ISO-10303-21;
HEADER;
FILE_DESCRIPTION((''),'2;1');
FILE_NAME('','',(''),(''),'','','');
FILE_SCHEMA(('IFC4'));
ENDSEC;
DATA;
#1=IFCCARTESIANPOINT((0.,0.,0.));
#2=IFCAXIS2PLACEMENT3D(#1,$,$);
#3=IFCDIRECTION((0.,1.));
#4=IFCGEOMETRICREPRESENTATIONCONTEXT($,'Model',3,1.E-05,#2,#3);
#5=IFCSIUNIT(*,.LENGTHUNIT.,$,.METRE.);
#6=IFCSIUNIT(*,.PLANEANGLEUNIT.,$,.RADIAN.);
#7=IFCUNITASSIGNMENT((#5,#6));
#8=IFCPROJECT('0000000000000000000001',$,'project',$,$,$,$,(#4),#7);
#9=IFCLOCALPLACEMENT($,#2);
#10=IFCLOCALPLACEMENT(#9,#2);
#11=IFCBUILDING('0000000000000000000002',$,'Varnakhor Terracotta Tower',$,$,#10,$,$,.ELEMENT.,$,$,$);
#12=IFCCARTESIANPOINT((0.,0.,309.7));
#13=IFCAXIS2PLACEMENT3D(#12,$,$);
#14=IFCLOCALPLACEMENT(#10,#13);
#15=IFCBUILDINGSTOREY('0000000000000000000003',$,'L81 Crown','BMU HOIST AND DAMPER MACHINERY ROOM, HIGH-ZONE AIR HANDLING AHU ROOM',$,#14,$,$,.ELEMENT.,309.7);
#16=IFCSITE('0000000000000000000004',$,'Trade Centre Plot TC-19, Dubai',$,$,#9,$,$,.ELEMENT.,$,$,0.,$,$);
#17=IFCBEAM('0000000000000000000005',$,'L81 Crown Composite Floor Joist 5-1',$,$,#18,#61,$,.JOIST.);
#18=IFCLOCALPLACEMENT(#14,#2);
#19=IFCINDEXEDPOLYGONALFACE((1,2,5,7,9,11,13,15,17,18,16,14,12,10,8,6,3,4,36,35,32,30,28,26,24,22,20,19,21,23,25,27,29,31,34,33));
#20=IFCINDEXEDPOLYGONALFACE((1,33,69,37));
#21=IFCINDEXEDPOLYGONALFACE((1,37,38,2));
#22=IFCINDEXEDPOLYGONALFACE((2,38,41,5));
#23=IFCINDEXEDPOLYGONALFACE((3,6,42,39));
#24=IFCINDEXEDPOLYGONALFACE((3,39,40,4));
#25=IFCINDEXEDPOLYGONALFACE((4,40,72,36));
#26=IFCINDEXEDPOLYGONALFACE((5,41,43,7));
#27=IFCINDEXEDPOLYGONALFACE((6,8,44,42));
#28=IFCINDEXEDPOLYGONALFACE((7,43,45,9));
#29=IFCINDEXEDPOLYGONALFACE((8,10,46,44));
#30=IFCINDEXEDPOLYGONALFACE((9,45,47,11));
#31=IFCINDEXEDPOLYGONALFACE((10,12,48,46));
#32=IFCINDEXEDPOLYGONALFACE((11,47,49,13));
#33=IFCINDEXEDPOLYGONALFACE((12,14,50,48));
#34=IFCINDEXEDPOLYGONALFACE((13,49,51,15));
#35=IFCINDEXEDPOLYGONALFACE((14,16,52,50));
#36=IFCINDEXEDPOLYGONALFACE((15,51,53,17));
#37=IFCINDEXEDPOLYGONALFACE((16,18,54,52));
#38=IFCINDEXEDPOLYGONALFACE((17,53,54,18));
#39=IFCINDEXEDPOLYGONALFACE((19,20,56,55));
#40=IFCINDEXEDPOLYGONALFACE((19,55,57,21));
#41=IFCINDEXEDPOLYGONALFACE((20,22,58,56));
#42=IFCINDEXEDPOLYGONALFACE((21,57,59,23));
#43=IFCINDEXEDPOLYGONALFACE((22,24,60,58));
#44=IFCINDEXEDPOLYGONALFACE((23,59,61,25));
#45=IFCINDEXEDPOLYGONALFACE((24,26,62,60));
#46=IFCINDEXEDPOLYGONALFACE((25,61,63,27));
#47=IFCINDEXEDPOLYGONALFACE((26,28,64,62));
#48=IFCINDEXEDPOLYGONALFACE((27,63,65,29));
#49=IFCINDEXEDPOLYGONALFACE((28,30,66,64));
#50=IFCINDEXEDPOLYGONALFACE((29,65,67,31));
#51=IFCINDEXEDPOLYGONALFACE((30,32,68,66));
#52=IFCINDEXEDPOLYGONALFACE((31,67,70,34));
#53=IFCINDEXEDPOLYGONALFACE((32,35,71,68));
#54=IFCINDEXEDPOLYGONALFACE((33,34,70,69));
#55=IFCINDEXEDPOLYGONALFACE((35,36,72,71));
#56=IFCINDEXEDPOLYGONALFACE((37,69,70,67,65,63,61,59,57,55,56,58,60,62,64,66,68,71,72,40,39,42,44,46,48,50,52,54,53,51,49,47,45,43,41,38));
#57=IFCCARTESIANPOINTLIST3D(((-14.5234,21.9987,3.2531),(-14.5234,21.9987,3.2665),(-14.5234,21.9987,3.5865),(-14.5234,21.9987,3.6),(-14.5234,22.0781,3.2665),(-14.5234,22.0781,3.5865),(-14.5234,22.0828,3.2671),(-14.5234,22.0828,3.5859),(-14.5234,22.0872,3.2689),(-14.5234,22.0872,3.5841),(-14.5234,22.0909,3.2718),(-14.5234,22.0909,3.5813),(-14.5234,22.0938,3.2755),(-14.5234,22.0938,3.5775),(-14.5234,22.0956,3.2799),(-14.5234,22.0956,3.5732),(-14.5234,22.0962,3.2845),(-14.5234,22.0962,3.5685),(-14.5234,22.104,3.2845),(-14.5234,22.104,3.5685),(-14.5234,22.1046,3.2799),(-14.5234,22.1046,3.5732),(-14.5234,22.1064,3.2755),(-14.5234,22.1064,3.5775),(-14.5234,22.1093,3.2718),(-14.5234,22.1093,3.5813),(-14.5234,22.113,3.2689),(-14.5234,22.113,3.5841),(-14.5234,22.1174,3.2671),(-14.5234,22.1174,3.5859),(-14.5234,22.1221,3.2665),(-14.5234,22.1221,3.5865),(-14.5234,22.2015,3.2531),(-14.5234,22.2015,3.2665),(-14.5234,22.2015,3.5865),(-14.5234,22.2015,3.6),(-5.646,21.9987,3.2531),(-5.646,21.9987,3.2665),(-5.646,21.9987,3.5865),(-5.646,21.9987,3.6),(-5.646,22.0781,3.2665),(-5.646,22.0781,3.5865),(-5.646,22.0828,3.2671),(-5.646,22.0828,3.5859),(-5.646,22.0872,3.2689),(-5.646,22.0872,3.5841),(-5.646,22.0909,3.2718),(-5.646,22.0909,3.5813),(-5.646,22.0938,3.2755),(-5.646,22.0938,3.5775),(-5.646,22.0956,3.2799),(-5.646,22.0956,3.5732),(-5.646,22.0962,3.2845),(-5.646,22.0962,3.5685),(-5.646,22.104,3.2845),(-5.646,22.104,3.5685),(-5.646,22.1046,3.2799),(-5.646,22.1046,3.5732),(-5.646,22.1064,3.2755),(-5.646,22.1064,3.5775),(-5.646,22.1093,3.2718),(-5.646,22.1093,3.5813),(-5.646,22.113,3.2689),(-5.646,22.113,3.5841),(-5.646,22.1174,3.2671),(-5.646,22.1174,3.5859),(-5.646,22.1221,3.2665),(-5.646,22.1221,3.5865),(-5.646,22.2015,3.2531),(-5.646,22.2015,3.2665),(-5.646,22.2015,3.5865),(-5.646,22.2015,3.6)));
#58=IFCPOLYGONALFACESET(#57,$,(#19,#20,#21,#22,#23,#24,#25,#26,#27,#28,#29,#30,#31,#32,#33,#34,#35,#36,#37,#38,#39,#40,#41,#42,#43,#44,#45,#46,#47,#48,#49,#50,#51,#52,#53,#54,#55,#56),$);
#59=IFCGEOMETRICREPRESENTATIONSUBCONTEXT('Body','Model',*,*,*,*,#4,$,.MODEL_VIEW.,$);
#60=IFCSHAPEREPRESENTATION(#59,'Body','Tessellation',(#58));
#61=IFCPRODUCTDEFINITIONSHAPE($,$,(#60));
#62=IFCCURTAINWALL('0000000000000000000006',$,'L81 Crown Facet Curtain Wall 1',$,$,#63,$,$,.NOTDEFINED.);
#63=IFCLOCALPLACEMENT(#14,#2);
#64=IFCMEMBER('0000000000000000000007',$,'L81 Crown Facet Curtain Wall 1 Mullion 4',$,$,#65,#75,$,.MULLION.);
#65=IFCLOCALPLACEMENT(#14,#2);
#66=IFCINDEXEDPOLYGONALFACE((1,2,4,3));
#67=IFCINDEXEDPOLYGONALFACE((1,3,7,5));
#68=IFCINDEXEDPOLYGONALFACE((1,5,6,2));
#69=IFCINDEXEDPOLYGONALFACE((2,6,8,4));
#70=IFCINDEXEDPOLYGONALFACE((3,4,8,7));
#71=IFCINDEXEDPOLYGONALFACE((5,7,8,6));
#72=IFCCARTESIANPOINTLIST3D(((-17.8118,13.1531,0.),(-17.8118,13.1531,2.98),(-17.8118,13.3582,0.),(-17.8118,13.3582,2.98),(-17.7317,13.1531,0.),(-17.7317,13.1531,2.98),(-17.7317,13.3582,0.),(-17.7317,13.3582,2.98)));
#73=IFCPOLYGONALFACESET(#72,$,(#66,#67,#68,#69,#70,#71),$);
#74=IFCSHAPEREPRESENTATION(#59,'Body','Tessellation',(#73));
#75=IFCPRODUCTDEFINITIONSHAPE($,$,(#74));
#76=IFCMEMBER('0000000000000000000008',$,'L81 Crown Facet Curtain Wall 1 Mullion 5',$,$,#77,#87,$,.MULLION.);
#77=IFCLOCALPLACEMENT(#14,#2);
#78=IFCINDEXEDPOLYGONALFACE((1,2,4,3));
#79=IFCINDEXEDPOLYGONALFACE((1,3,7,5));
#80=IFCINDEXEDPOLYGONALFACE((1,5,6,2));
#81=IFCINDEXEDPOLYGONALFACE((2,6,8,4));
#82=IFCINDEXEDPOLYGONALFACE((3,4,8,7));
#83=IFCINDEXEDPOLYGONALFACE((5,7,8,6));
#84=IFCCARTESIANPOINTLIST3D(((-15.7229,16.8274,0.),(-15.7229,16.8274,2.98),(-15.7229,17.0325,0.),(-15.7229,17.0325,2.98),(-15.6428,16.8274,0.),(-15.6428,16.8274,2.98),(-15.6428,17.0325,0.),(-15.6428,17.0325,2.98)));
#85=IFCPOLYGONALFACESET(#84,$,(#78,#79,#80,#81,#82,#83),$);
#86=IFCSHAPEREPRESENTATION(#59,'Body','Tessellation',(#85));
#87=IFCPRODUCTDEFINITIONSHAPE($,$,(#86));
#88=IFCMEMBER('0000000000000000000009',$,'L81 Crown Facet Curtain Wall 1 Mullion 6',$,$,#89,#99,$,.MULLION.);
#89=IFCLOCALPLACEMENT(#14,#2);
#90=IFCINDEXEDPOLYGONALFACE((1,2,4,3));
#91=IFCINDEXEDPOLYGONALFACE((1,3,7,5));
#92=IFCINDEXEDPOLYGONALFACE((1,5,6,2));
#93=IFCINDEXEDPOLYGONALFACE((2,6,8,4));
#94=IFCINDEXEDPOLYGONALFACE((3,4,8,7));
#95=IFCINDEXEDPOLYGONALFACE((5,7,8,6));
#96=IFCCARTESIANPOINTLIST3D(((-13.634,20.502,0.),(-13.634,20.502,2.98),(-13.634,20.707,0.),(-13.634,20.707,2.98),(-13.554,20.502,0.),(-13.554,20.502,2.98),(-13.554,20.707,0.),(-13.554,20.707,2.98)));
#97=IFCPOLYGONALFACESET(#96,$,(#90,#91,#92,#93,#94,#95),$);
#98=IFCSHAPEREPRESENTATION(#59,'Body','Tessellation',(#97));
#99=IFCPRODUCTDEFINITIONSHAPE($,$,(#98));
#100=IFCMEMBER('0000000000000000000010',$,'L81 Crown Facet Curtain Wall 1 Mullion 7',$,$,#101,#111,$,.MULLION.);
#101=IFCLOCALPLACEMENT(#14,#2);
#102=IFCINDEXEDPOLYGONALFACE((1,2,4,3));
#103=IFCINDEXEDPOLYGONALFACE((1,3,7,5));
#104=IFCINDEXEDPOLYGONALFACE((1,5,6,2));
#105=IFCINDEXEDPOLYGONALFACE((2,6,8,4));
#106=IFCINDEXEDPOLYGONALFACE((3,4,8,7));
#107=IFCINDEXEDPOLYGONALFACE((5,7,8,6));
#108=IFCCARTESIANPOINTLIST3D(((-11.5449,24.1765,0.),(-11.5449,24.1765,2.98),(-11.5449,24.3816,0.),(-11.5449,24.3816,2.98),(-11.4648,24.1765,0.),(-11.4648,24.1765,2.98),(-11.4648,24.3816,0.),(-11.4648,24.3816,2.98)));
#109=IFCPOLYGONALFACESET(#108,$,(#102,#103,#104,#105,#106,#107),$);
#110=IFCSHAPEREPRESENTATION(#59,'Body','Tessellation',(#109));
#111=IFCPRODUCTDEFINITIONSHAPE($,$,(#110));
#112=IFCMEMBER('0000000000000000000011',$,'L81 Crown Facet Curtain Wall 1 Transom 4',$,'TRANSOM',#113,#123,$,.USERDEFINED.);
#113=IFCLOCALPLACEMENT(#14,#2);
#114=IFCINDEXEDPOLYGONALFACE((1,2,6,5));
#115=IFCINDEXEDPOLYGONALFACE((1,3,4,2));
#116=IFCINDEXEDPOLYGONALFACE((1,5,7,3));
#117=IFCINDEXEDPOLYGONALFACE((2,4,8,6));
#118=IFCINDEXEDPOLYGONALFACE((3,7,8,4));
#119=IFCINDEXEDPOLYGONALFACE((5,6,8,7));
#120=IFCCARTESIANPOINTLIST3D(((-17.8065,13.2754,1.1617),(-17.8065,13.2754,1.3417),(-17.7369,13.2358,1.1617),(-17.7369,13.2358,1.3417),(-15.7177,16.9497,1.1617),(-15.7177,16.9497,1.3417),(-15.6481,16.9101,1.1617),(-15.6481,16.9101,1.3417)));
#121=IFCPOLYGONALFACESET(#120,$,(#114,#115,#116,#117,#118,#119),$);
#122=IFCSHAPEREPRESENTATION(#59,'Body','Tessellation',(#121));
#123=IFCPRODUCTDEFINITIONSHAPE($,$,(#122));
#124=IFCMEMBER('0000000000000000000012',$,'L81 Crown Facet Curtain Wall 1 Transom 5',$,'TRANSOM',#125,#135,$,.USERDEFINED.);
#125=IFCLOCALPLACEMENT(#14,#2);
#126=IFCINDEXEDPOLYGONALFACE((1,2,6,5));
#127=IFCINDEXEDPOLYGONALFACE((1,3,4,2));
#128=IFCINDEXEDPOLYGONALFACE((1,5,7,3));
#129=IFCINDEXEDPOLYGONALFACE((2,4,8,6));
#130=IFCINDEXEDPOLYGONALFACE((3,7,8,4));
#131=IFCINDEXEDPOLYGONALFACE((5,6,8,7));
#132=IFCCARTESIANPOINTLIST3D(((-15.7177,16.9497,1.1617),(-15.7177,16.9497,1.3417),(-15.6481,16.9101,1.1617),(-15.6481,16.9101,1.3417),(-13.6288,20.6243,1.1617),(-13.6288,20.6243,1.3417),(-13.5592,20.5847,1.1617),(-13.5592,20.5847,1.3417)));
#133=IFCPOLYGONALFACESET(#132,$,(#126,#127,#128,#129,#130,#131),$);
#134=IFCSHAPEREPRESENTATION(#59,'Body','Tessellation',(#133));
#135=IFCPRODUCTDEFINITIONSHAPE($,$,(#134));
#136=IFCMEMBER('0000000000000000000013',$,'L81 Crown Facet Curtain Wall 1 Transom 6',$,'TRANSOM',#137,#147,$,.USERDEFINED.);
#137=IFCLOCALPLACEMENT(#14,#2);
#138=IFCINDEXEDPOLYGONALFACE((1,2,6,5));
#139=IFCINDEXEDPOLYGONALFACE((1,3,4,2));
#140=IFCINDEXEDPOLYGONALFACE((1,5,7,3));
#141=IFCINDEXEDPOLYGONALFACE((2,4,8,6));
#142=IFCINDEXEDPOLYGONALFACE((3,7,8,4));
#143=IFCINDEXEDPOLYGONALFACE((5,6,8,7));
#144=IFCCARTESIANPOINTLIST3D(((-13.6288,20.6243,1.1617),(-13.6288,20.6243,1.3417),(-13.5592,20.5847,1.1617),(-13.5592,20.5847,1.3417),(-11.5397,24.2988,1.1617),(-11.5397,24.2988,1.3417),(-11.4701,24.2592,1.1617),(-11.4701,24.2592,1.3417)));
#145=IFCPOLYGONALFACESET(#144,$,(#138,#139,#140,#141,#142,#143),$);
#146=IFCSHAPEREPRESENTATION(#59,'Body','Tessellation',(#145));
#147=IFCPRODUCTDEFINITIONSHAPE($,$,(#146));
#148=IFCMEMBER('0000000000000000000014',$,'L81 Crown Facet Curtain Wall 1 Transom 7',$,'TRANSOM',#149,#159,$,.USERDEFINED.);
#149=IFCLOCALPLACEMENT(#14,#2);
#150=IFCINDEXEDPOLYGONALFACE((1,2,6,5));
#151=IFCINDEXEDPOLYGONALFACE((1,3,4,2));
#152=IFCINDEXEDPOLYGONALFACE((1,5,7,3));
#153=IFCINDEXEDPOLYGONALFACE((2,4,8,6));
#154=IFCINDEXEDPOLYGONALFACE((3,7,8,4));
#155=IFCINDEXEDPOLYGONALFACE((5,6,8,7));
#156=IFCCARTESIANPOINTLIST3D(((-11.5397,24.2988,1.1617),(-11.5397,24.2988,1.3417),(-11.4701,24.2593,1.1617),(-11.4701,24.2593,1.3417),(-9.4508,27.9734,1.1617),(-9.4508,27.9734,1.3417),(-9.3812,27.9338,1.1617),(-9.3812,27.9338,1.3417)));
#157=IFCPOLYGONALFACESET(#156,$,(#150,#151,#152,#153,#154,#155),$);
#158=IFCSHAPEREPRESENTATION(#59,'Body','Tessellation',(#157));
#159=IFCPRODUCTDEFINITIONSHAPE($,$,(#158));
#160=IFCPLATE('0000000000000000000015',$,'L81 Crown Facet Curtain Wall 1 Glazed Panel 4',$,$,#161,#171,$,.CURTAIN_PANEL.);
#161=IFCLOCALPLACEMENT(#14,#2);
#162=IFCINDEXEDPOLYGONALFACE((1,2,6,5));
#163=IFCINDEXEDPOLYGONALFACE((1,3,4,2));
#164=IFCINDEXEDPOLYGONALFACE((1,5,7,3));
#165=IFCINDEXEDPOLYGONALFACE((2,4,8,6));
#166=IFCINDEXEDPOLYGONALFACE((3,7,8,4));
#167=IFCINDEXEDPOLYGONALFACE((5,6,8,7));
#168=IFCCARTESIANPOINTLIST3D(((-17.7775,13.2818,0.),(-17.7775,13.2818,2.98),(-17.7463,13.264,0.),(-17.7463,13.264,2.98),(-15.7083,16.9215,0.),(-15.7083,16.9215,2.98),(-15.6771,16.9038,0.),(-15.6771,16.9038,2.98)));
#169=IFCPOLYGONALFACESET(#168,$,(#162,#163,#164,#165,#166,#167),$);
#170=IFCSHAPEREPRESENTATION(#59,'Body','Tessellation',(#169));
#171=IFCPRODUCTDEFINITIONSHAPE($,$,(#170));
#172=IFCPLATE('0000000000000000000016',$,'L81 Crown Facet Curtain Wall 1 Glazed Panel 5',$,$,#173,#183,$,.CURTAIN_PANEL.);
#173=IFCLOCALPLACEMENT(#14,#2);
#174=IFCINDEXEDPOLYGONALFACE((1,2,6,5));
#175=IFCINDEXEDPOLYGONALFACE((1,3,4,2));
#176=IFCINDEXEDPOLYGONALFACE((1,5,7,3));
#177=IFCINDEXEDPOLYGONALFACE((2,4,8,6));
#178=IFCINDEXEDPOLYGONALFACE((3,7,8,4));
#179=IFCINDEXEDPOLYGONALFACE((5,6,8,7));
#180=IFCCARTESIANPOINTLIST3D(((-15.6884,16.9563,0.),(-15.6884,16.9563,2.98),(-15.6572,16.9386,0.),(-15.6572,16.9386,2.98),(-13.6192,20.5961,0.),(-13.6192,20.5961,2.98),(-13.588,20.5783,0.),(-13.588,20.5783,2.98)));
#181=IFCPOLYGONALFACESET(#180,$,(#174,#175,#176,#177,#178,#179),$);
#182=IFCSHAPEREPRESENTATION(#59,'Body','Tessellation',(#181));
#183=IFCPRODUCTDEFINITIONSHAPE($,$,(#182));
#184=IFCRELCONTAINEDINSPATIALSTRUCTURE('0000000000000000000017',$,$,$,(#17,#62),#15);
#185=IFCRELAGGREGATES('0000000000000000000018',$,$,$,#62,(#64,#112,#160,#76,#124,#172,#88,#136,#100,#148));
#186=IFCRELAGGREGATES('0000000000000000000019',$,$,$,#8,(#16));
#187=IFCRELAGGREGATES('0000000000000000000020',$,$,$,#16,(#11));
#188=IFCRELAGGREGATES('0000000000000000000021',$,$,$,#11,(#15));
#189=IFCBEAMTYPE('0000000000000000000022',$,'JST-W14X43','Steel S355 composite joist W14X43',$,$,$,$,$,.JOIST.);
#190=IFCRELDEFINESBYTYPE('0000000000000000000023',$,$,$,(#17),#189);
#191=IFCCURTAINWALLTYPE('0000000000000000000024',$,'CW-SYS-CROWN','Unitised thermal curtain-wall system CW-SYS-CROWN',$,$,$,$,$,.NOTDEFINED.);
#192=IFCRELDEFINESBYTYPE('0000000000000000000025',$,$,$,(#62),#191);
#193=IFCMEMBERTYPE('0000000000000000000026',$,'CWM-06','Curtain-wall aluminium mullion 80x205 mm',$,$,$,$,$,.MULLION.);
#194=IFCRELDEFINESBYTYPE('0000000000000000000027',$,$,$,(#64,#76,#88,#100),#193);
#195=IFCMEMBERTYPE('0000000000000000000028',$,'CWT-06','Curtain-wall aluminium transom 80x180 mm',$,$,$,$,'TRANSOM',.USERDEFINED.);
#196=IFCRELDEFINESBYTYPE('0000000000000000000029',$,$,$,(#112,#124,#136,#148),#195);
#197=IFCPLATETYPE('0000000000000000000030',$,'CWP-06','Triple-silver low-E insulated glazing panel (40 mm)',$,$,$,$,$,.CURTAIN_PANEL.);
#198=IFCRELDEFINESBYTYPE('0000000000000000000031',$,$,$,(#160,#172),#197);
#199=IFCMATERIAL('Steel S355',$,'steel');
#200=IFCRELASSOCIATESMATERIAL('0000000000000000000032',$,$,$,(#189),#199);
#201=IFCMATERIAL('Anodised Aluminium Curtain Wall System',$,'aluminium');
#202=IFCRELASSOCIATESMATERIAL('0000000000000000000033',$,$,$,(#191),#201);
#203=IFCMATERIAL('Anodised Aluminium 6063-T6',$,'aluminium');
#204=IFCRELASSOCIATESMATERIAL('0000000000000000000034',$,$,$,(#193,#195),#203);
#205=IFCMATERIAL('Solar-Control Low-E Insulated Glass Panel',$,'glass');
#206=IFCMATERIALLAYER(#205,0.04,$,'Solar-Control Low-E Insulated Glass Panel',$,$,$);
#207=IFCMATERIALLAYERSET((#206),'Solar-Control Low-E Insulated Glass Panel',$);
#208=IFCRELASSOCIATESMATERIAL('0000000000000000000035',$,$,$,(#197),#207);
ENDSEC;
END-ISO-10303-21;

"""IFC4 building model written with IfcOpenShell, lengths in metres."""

from ifc_helpers import new_model, si_unit, direction, frame, origin, origin_2d, place, context, subcontext, project, spatial, rectangle, i_section, extrude, source, transform, mapped, material, layer, layer_set, material_profile, profile_set, type_object, type_shapes, element, aggregate, save


model = new_model("IFC4")

# Units and contexts
model_context = context("Model", 3, precision=1e-05, world=origin(), true_north=direction((0.0, 1.0)))
body_context = subcontext(model_context, "Body", "Model", "MODEL_VIEW")
ifc_project = project(units=[si_unit("LENGTHUNIT", "METRE"), si_unit("PLANEANGLEUNIT", "RADIAN")], contexts=[model_context])

# Site, building, storey
site_placement = place(None, origin())
site = spatial("IfcSite", under=ifc_project, at=site_placement, Name="Trade Centre Plot TC-19, Dubai", CompositionType="ELEMENT", RefElevation=0.0)
building_placement = place(site_placement, origin())
building = spatial("IfcBuilding", under=site, at=building_placement, Name="Varnakhor Terracotta Tower", CompositionType="ELEMENT")
storey_placement = place(building_placement, frame((0.0, 0.0, 309.7)))
storey = spatial("IfcBuildingStorey", under=building, at=storey_placement, Name="L81 Crown", Description="BMU HOIST AND DAMPER MACHINERY ROOM, HIGH-ZONE AIR HANDLING AHU ROOM", CompositionType="ELEMENT", Elevation=309.7)

# Beam
ifc_material_1 = material(Name="Steel S355", Category="steel")
ifc_material_profile_1 = material_profile(ifc_material_1, i_section(OverallWidth=0.2029, OverallDepth=0.3469, WebThickness=0.0078, FlangeThickness=0.0134, FilletRadius=0.0181, at=origin_2d()), Name="W14X43")
ifc_profile_set_1 = profile_set([ifc_material_profile_1], Name="Steel S355")
beam_type_1 = type_object("IfcBeamType", Name="JST-W14X43", Description="Steel S355 composite joist W14X43", PredefinedType="JOIST", material=ifc_profile_set_1)
shared_shape_1 = source(origin(), body_context, "Body", "SweptSolid", [
    extrude(i_section(OverallWidth=0.2029, OverallDepth=0.3469, WebThickness=0.0078, FlangeThickness=0.0134, FilletRadius=0.0181, at=origin_2d()), origin(), (0.0, 0.0, 1.0), 8.8774),
])
beam_1_placement = place(storey_placement, frame((-14.5234, 22.1001, 3.4265), z_axis=(1.0, 0.0, 0.0), x_axis=(0.0, 1.0, 0.0)))
element("IfcBeam", 1, at=beam_1_placement, inside=storey, type_object=beam_type_1, Name="L81 Crown Composite Floor Joist 5-1", PredefinedType="JOIST", context=body_context, shape_type="MappedRepresentation", body=[
    mapped(shared_shape_1, transform((0.0, 0.0, 0.0), scale=1.0)),
])

# Curtain wall, members, plates
ifc_material_2 = material(Name="Anodised Aluminium Curtain Wall System", Category="aluminium")
curtain_wall_type = type_object("IfcCurtainWallType", Name="CW-SYS-CROWN", Description="Unitised thermal curtain-wall system CW-SYS-CROWN", PredefinedType="NOTDEFINED", material=ifc_material_2)
curtain_wall_placement = place(storey_placement, origin())
curtain_wall = element("IfcCurtainWall", 2, at=curtain_wall_placement, inside=storey, type_object=curtain_wall_type, Name="L81 Crown Facet Curtain Wall 1", PredefinedType="NOTDEFINED")
ifc_material_3 = material(Name="Anodised Aluminium 6063-T6", Category="aluminium")
ifc_material_profile_2 = material_profile(ifc_material_3, rectangle(XDim=0.0801, YDim=0.2051, at=origin_2d()), Name="ALU MULLION 80x205")
ifc_profile_set_2 = profile_set([ifc_material_profile_2], Name="Anodised Aluminium 6063-T6")
member_type_1 = type_object("IfcMemberType", Name="CWM-06", Description="Curtain-wall aluminium mullion 80x205 mm", PredefinedType="MULLION", material=ifc_profile_set_2)
shared_shape_2 = source(origin(), body_context, "Body", "SweptSolid", [
    extrude(rectangle(XDim=0.0801, YDim=0.2051, at=origin_2d()), origin(), (0.0, 0.0, 1.0), 2.98),
])
type_shapes(member_type_1, [shared_shape_2])
member_1_placement = place(storey_placement, frame((-17.7717, 13.2556, 0.0), z_axis=(0.0, 0.0, 1.0), x_axis=(1.0, 0.0, 0.0)))
member_1 = element("IfcMember", 3, at=member_1_placement, type_object=member_type_1, Name="L81 Crown Facet Curtain Wall 1 Mullion 4", PredefinedType="MULLION", context=body_context, shape_type="MappedRepresentation", body=[
    mapped(shared_shape_2, transform((0.0, 0.0, 0.0), scale=1.0)),
])
member_2_placement = place(storey_placement, frame((-15.6829, 16.9299, 0.0), z_axis=(0.0, 0.0, 1.0), x_axis=(1.0, 0.0, 0.0)))
member_2 = element("IfcMember", 4, at=member_2_placement, type_object=member_type_1, Name="L81 Crown Facet Curtain Wall 1 Mullion 5", PredefinedType="MULLION", context=body_context, shape_type="MappedRepresentation", body=[
    mapped(shared_shape_2, transform((0.0, 0.0, 0.0), scale=1.0)),
])
member_3_placement = place(storey_placement, frame((-13.594, 20.6045, 0.0), z_axis=(0.0, 0.0, 1.0), x_axis=(1.0, 0.0, 0.0)))
member_3 = element("IfcMember", 5, at=member_3_placement, type_object=member_type_1, Name="L81 Crown Facet Curtain Wall 1 Mullion 6", PredefinedType="MULLION", context=body_context, shape_type="MappedRepresentation", body=[
    mapped(shared_shape_2, transform((0.0, 0.0, 0.0), scale=1.0)),
])
member_4_placement = place(storey_placement, frame((-11.5049, 24.2791, 0.0), z_axis=(0.0, 0.0, 1.0), x_axis=(1.0, 0.0, 0.0)))
member_4 = element("IfcMember", 6, at=member_4_placement, type_object=member_type_1, Name="L81 Crown Facet Curtain Wall 1 Mullion 7", PredefinedType="MULLION", context=body_context, shape_type="MappedRepresentation", body=[
    mapped(shared_shape_2, transform((0.0, 0.0, 0.0), scale=1.0)),
])
ifc_material_profile_3 = material_profile(ifc_material_3, rectangle(XDim=0.0801, YDim=0.1799, at=origin_2d()), Name="ALU TRANSOM 80x180")
ifc_profile_set_3 = profile_set([ifc_material_profile_3], Name="Anodised Aluminium 6063-T6")
member_type_2 = type_object("IfcMemberType", Name="CWT-06", Description="Curtain-wall aluminium transom 80x180 mm", ElementType="TRANSOM", PredefinedType="USERDEFINED", material=ifc_profile_set_3)
shared_shape_3 = source(origin(), body_context, "Body", "SweptSolid", [
    extrude(rectangle(XDim=0.0801, YDim=0.1799, at=origin_2d()), origin(), (0.0, 0.0, 1.0), 4.2266),
])
type_shapes(member_type_2, [shared_shape_3])
member_5_placement = place(storey_placement, frame((-17.7717, 13.2556, 1.2517), z_axis=(0.494222, 0.869336, 0.0), x_axis=(-0.869336, 0.494222, 0.0)))
member_5 = element("IfcMember", 7, at=member_5_placement, type_object=member_type_2, Name="L81 Crown Facet Curtain Wall 1 Transom 4", ObjectType="TRANSOM", PredefinedType="USERDEFINED", context=body_context, shape_type="MappedRepresentation", body=[
    mapped(shared_shape_3, transform((0.0, 0.0, 0.0), scale=1.0)),
])
shared_shape_4 = source(origin(), body_context, "Body", "SweptSolid", [
    extrude(rectangle(XDim=0.0801, YDim=0.1799, at=origin_2d()), origin(), (0.0, 0.0, 1.0), 4.2268),
])
member_6_placement = place(storey_placement, frame((-15.6829, 16.9299, 1.2517), z_axis=(0.494197, 0.86935, 0.0), x_axis=(-0.86935, 0.494197, 0.0)))
member_6 = element("IfcMember", 8, at=member_6_placement, type_object=member_type_2, Name="L81 Crown Facet Curtain Wall 1 Transom 5", ObjectType="TRANSOM", PredefinedType="USERDEFINED", context=body_context, shape_type="MappedRepresentation", body=[
    mapped(shared_shape_4, transform((0.0, 0.0, 0.0), scale=1.0)),
])
member_7_placement = place(storey_placement, frame((-13.594, 20.6045, 1.2517), z_axis=(0.494241, 0.869325, 0.0), x_axis=(-0.869325, 0.494241, 0.0)))
member_7 = element("IfcMember", 9, at=member_7_placement, type_object=member_type_2, Name="L81 Crown Facet Curtain Wall 1 Transom 6", ObjectType="TRANSOM", PredefinedType="USERDEFINED", context=body_context, shape_type="MappedRepresentation", body=[
    mapped(shared_shape_4, transform((0.0, 0.0, 0.0), scale=1.0)),
])
member_8_placement = place(storey_placement, frame((-11.5049, 24.2791, 1.2517), z_axis=(0.494197, 0.86935, 0.0), x_axis=(-0.86935, 0.494197, 0.0)))
member_8 = element("IfcMember", 10, at=member_8_placement, type_object=member_type_2, Name="L81 Crown Facet Curtain Wall 1 Transom 7", ObjectType="TRANSOM", PredefinedType="USERDEFINED", context=body_context, shape_type="MappedRepresentation", body=[
    mapped(shared_shape_4, transform((0.0, 0.0, 0.0), scale=1.0)),
])
ifc_material_4 = material(Name="Solar-Control Low-E Insulated Glass Panel", Category="glass")
ifc_layer_1 = layer(ifc_material_4, 0.04, Name="Solar-Control Low-E Insulated Glass Panel")
ifc_layer_set_1 = layer_set([ifc_layer_1], Name="Solar-Control Low-E Insulated Glass Panel")
plate_type = type_object("IfcPlateType", Name="CWP-06", Description="Triple-silver low-E insulated glazing panel (40 mm)", PredefinedType="CURTAIN_PANEL", material=ifc_layer_set_1)
shared_shape_5 = source(origin(), body_context, "Body", "SweptSolid", [
    extrude(rectangle(XDim=4.1868, YDim=0.0359, at=origin_2d()), origin(), (0.0, 0.0, 1.0), 2.98),
])
type_shapes(plate_type, [shared_shape_5])
plate_1_placement = place(storey_placement, frame((-16.7273, 15.0928, 0.0), z_axis=(0.0, 0.0, 1.0), x_axis=(0.494215, 0.86934, 0.0)))
plate_1 = element("IfcPlate", 11, at=plate_1_placement, type_object=plate_type, Name="L81 Crown Facet Curtain Wall 1 Glazed Panel 4", PredefinedType="CURTAIN_PANEL", context=body_context, shape_type="MappedRepresentation", body=[
    mapped(shared_shape_5, transform((0.0, 0.0, 0.0), scale=1.0)),
])
plate_2_placement = place(storey_placement, frame((-14.6382, 18.7673, 0.0), z_axis=(0.0, 0.0, 1.0), x_axis=(0.494215, 0.86934, 0.0)))
plate_2 = element("IfcPlate", 12, at=plate_2_placement, type_object=plate_type, Name="L81 Crown Facet Curtain Wall 1 Glazed Panel 5", PredefinedType="CURTAIN_PANEL", context=body_context, shape_type="MappedRepresentation", body=[
    mapped(shared_shape_5, transform((0.0, 0.0, 0.0), scale=1.0)),
])
aggregate(curtain_wall, [member_1, member_5, plate_1, member_2, member_6, plate_2, member_3, member_7, member_4, member_8])

save(model, "model.ifc")
